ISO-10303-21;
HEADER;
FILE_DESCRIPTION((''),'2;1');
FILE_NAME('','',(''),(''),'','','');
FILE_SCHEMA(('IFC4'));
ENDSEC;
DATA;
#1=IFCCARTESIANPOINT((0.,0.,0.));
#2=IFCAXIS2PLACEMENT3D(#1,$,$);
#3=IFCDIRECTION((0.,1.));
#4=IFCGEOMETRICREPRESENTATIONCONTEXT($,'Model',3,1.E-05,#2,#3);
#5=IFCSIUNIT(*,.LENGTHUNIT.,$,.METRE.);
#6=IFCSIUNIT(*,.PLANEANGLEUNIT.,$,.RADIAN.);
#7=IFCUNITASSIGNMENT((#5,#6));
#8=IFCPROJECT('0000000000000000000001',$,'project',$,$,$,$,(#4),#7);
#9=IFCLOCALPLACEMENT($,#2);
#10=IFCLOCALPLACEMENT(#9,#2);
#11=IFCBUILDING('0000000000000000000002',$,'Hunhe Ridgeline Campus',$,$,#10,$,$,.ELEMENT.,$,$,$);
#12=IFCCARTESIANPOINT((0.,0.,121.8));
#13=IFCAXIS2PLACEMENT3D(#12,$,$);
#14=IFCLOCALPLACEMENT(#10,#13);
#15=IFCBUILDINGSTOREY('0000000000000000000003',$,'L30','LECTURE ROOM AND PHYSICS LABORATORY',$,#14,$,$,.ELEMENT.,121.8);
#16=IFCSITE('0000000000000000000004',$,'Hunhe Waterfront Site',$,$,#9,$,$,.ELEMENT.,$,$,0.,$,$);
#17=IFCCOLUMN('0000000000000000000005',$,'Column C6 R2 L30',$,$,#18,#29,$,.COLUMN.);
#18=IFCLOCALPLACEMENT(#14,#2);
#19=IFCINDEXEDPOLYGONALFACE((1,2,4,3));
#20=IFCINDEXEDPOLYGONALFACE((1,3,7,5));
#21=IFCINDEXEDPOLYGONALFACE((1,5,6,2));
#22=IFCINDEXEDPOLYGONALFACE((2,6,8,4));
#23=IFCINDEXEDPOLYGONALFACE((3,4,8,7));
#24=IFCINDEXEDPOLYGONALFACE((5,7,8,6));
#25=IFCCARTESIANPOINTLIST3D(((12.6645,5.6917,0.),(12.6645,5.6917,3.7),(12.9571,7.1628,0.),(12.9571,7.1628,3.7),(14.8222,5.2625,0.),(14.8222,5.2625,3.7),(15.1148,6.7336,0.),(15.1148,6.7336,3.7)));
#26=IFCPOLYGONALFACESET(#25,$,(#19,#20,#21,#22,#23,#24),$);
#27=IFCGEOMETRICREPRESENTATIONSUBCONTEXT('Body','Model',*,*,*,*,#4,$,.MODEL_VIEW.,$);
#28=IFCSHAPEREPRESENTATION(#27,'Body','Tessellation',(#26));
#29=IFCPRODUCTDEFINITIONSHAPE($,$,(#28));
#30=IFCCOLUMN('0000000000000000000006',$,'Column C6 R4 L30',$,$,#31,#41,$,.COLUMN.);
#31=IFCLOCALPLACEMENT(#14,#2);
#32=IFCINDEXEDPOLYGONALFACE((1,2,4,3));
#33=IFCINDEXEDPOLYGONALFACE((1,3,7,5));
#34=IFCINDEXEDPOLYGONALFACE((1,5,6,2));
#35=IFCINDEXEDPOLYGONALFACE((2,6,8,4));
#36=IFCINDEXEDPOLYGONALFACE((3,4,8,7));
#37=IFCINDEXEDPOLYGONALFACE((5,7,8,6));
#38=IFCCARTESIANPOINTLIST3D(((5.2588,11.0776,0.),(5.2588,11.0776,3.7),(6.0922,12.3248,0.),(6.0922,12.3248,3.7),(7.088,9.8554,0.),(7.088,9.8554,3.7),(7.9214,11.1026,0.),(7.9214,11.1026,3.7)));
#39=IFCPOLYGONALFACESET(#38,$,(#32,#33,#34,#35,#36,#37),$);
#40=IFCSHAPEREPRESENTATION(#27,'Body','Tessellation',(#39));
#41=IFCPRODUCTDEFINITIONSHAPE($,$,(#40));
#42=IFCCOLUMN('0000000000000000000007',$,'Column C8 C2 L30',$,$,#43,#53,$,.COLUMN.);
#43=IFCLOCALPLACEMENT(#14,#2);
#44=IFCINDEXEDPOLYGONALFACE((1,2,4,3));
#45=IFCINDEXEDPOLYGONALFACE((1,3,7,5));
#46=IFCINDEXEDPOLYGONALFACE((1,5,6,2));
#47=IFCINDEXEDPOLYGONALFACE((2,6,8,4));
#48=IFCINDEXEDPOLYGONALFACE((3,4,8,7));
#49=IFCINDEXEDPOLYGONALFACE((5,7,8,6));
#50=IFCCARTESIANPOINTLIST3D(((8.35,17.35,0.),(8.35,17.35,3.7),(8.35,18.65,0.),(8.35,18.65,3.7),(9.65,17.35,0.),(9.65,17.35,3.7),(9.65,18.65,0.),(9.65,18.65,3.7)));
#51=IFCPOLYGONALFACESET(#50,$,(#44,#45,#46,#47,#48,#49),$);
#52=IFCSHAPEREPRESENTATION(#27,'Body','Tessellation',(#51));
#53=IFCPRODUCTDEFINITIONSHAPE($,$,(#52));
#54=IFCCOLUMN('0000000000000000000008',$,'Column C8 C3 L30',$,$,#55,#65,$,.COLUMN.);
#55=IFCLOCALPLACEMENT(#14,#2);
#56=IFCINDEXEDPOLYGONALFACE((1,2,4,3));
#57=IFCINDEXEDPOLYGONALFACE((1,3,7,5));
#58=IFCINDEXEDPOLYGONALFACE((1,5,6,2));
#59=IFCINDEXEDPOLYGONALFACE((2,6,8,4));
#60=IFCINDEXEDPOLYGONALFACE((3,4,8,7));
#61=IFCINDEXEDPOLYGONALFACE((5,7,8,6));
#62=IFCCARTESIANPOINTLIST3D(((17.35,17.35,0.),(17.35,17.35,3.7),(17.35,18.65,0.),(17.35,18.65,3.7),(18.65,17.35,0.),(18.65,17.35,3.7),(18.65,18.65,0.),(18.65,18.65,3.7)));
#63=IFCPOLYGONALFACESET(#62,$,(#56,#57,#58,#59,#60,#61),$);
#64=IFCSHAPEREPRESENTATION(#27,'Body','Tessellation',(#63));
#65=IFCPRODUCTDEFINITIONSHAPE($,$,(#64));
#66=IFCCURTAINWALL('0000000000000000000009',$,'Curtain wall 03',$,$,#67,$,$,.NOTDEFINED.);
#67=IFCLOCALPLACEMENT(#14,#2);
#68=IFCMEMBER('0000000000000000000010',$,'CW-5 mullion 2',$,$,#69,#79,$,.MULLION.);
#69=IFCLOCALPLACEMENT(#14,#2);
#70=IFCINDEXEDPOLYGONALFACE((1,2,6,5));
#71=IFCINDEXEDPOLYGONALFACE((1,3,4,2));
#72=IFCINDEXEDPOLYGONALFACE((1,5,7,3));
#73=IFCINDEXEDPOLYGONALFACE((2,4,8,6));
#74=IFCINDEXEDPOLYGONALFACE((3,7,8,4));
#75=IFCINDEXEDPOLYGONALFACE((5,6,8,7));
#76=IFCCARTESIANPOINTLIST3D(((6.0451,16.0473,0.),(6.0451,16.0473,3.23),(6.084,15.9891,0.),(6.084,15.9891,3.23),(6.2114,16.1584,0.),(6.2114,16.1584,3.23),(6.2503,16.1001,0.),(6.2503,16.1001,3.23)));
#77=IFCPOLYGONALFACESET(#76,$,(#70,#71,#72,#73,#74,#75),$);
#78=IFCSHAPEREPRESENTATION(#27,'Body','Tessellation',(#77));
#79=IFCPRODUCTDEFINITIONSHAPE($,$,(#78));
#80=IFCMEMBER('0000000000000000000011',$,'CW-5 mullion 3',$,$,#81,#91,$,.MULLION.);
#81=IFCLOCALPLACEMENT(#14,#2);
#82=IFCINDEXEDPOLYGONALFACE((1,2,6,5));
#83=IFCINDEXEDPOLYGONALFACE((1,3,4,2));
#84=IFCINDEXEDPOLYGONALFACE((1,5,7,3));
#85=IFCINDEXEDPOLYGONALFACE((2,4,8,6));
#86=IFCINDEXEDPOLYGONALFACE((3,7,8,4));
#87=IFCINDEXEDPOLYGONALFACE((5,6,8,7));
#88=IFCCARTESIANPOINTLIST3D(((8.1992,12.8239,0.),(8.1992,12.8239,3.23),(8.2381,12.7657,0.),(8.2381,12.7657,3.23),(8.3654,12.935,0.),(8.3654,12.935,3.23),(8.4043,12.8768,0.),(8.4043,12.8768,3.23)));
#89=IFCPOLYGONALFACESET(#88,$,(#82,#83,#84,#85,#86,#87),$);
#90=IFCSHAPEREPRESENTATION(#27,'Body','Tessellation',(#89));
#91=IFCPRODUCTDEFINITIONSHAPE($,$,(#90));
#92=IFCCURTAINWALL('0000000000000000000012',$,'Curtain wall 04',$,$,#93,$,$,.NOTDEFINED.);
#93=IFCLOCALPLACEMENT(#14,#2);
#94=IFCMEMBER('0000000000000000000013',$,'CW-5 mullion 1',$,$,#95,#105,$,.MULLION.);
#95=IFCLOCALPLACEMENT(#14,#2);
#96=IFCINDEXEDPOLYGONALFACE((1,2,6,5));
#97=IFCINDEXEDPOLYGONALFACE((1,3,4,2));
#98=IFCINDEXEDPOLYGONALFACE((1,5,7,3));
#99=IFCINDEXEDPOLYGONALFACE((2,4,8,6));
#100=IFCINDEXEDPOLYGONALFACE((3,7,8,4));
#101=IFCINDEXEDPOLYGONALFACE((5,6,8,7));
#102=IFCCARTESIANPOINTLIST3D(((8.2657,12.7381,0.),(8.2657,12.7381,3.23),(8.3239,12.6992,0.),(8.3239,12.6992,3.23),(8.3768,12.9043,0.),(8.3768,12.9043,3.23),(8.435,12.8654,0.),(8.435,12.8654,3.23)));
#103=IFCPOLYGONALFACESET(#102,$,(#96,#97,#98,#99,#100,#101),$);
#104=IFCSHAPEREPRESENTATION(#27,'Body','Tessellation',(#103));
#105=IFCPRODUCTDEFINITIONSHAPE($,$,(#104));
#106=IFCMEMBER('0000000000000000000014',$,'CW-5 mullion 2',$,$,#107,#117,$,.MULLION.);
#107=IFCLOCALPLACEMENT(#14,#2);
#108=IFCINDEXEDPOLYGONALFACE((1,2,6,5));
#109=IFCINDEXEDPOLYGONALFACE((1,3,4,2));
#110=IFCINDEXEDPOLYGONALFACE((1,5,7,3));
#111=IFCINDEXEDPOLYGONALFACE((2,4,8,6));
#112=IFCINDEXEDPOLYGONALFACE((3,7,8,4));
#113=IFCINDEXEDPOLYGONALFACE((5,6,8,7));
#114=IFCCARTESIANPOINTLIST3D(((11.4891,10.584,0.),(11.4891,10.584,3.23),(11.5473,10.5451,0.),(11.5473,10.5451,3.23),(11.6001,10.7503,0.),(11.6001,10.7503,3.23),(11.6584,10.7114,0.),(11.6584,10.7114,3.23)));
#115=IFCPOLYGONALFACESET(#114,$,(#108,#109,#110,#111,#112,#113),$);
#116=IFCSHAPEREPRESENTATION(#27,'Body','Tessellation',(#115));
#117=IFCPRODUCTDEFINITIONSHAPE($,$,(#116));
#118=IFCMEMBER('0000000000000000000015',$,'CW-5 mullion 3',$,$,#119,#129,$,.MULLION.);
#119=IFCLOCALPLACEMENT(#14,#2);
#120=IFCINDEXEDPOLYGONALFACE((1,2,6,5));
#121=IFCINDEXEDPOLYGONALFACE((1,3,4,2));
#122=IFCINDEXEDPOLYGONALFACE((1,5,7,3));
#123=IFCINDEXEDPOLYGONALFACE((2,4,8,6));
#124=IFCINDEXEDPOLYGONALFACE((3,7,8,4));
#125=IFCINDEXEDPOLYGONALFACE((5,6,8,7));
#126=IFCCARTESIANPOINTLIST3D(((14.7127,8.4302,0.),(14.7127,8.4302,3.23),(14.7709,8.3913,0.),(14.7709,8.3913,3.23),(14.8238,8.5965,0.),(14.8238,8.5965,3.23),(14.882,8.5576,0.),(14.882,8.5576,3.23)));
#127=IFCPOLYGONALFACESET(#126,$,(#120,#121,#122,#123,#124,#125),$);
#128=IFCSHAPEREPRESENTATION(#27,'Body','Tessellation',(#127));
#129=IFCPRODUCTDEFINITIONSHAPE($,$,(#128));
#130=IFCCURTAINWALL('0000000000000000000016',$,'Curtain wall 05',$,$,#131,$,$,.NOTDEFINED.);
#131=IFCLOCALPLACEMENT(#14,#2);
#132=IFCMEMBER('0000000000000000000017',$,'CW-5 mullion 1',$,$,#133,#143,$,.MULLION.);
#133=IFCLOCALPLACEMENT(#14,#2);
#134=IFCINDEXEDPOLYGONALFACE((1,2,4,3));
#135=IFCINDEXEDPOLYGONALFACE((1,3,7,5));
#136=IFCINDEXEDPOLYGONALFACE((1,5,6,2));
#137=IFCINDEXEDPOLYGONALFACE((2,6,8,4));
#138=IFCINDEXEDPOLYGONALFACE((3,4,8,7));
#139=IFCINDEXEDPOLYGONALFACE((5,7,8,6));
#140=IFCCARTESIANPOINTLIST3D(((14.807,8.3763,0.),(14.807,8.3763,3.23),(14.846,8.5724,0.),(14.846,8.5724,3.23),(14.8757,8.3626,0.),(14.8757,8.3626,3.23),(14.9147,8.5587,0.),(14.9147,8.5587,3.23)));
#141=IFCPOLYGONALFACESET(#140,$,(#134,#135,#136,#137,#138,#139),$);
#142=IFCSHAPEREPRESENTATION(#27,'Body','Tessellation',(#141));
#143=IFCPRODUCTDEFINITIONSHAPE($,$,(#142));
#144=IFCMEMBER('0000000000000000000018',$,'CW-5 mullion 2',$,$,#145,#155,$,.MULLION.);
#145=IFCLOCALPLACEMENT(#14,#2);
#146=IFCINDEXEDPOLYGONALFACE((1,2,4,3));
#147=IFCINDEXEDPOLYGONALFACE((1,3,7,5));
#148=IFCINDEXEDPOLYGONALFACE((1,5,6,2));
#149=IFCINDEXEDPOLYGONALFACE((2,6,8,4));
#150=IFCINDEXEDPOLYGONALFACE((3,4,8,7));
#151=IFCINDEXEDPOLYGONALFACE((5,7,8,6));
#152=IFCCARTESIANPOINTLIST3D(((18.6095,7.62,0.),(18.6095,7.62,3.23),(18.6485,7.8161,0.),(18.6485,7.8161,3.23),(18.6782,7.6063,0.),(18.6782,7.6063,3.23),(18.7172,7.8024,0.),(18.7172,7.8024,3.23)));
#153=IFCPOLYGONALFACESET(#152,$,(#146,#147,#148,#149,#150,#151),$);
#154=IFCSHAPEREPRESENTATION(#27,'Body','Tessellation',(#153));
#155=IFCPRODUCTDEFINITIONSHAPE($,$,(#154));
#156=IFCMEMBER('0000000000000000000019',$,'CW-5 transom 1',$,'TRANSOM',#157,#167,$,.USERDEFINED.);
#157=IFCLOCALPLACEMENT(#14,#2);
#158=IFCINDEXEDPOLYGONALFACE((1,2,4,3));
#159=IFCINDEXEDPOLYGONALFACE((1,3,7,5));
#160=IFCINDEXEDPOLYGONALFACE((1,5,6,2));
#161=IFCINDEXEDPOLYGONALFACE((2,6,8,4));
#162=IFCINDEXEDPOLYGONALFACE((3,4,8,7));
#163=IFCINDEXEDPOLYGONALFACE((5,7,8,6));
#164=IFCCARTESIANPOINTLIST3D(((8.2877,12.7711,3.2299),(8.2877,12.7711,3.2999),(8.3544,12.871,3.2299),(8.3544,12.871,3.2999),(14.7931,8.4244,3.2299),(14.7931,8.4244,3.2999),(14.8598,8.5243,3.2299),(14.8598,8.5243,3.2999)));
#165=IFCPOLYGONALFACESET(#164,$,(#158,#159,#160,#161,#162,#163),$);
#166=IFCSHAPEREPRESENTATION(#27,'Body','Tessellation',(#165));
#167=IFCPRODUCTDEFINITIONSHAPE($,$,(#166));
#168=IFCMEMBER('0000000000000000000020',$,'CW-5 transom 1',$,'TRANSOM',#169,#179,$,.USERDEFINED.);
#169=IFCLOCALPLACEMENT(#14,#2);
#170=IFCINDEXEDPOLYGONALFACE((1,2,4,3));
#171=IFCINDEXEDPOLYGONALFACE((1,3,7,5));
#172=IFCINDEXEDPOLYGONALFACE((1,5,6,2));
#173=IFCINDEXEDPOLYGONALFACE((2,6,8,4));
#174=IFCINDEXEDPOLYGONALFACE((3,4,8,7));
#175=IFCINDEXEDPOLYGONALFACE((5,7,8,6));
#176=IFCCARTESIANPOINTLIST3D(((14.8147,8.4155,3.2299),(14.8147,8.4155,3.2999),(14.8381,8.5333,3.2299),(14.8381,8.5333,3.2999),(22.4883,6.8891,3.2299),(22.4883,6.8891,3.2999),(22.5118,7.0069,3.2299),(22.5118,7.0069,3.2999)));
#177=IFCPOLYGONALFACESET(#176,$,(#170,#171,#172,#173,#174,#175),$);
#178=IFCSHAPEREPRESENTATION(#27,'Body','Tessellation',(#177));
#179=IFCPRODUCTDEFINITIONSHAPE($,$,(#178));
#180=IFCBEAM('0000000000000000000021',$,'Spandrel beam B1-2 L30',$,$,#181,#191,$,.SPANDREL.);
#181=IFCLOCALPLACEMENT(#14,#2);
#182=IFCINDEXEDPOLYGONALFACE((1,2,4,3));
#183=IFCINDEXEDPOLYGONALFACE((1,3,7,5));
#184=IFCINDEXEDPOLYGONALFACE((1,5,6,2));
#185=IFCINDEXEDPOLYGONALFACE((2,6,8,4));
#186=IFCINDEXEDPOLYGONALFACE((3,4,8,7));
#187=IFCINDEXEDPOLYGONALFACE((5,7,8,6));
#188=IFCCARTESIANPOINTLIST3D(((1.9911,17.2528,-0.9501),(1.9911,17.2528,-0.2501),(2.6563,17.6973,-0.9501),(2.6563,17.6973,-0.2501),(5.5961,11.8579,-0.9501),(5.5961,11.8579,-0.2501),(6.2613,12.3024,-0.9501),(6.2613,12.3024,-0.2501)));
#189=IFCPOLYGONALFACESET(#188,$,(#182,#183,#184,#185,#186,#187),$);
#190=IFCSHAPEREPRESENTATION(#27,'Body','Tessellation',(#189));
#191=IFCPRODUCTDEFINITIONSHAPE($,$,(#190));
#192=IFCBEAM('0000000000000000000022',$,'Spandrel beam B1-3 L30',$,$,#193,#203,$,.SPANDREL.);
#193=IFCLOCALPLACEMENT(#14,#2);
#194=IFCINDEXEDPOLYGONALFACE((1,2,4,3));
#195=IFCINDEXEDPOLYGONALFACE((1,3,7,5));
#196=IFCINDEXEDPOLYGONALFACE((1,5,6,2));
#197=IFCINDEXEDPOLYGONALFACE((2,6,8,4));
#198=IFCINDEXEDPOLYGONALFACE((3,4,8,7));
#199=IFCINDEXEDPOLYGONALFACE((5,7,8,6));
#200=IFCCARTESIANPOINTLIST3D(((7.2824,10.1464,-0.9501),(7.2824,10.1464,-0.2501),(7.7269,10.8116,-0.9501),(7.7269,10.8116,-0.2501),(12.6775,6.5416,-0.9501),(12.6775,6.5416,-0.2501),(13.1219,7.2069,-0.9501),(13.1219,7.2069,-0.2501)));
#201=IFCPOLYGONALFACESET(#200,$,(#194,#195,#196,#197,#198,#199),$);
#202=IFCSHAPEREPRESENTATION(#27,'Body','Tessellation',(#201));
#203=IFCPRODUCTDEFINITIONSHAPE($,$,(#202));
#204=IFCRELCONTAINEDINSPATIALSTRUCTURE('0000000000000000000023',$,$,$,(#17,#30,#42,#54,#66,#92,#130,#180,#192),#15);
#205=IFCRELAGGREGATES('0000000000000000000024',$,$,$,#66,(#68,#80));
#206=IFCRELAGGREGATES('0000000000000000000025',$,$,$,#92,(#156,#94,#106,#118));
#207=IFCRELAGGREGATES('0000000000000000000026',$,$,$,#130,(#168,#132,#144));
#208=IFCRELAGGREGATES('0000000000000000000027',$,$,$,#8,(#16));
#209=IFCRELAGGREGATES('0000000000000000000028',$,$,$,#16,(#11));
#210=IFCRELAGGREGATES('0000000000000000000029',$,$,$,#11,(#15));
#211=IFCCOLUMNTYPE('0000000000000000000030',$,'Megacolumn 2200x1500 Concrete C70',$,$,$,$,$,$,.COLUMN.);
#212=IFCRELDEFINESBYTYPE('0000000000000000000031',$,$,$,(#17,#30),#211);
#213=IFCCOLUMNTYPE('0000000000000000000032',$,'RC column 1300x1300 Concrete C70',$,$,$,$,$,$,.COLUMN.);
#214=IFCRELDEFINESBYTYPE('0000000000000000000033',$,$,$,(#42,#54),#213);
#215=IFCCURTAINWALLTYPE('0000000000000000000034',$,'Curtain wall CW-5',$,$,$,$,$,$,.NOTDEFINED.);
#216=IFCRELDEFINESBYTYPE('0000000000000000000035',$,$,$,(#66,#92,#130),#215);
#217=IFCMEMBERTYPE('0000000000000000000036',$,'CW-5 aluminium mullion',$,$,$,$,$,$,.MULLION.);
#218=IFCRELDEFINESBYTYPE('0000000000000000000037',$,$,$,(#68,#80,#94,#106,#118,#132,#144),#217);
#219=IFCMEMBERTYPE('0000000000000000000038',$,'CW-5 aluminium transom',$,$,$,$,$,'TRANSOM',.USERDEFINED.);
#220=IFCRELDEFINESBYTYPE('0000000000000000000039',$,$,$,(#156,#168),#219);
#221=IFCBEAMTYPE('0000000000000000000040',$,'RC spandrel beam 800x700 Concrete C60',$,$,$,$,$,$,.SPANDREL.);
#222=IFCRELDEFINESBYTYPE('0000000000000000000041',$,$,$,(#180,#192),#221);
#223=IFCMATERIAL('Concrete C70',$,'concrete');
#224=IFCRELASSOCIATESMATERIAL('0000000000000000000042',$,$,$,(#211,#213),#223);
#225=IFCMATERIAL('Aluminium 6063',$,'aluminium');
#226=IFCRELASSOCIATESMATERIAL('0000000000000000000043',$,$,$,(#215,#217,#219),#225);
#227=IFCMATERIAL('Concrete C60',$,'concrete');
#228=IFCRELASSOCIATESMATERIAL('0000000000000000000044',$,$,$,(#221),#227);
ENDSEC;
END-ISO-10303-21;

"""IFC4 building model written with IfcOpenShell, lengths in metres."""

from ifc_helpers import new_model, si_unit, direction, frame, origin, origin_2d, place, context, subcontext, project, spatial, rectangle, extrude, material, material_profile, profile_set, type_object, element, aggregate, save


model = new_model("IFC4")

# Units and contexts
model_context = context("Model", 3, precision=1e-05, world=origin(), true_north=direction((0.0, 1.0)))
body_context = subcontext(model_context, "Body", "Model", "MODEL_VIEW")
ifc_project = project(units=[si_unit("LENGTHUNIT", "METRE"), si_unit("PLANEANGLEUNIT", "RADIAN")], contexts=[model_context])

# Site, building, storey
site_placement = place(None, origin())
site = spatial("IfcSite", under=ifc_project, at=site_placement, Name="Hunhe Waterfront Site", CompositionType="ELEMENT", RefElevation=0.0)
building_placement = place(site_placement, origin())
building = spatial("IfcBuilding", under=site, at=building_placement, Name="Hunhe Ridgeline Campus", CompositionType="ELEMENT")
storey_placement = place(building_placement, frame((0.0, 0.0, 121.8)))
storey = spatial("IfcBuildingStorey", under=building, at=storey_placement, Name="L30", Description="LECTURE ROOM AND PHYSICS LABORATORY", CompositionType="ELEMENT", Elevation=121.8)

# Columns
ifc_material_1 = material(Name="Concrete C70", Category="concrete")
ifc_material_profile_1 = material_profile(ifc_material_1, rectangle(XDim=2.2, YDim=1.5, at=origin_2d()))
ifc_profile_set_1 = profile_set([ifc_material_profile_1], Name="Concrete C70")
column_type_1 = type_object("IfcColumnType", Name="Megacolumn 2200x1500 Concrete C70", PredefinedType="COLUMN", material=ifc_profile_set_1)
for number, where, z_axis, x_axis, name in (
    (1, (13.8896, 6.2126, 0.0), (0.0, 0.0, 1.0), (-0.980785, 0.19509, 0.0), "Column C6 R2 L30"),
    (2, (6.5901, 11.0901, 0.0), (0.0, 0.0, 1.0), (-0.83147, 0.55557, 0.0), "Column C6 R4 L30"),
):
    element("IfcColumn", number, at=place(storey_placement, frame(where, z_axis=z_axis, x_axis=x_axis)), inside=storey, type_object=column_type_1, Name=name, PredefinedType="COLUMN", context=body_context, shape_type="SweptSolid", body=[
        extrude(rectangle(XDim=2.2, YDim=1.5, at=origin_2d()), origin(), (0.0, 0.0, 1.0), 3.7),
    ])
ifc_material_profile_2 = material_profile(ifc_material_1, rectangle(XDim=1.3, YDim=1.3, at=origin_2d()))
ifc_profile_set_2 = profile_set([ifc_material_profile_2], Name="Concrete C70")
column_type_2 = type_object("IfcColumnType", Name="RC column 1300x1300 Concrete C70", PredefinedType="COLUMN", material=ifc_profile_set_2)
for number, where, z_axis, x_axis, name in (
    (3, (9.0, 18.0, 0.0), (0.0, 0.0, 1.0), (1.0, 0.0, 0.0), "Column C8 C2 L30"),
    (4, (18.0, 18.0, 0.0), (0.0, 0.0, 1.0), (1.0, 0.0, 0.0), "Column C8 C3 L30"),
):
    element("IfcColumn", number, at=place(storey_placement, frame(where, z_axis=z_axis, x_axis=x_axis)), inside=storey, type_object=column_type_2, Name=name, PredefinedType="COLUMN", context=body_context, shape_type="SweptSolid", body=[
        extrude(rectangle(XDim=1.3, YDim=1.3, at=origin_2d()), origin(), (0.0, 0.0, 1.0), 3.7),
    ])

# Curtain walls, members
ifc_material_2 = material(Name="Aluminium 6063", Category="aluminium")
curtain_wall_type = type_object("IfcCurtainWallType", Name="Curtain wall CW-5", PredefinedType="NOTDEFINED", material=ifc_material_2)
curtain_wall_1_placement = place(storey_placement, origin())
curtain_wall_1 = element("IfcCurtainWall", 5, at=curtain_wall_1_placement, inside=storey, type_object=curtain_wall_type, Name="Curtain wall 03", PredefinedType="NOTDEFINED")
ifc_material_profile_3 = material_profile(ifc_material_2, rectangle(XDim=0.2, YDim=0.0701, at=origin_2d()))
ifc_profile_set_3 = profile_set([ifc_material_profile_3], Name="Aluminium 6063")
member_type_1 = type_object("IfcMemberType", Name="CW-5 aluminium mullion", PredefinedType="MULLION", material=ifc_profile_set_3)
member_1_placement = place(storey_placement, frame((6.1477, 16.0737, 0.0), z_axis=(0.0, 0.0, 1.0), x_axis=(0.83147, 0.55557, 0.0)))
member_1 = element("IfcMember", 6, at=member_1_placement, type_object=member_type_1, Name="CW-5 mullion 2", PredefinedType="MULLION", context=body_context, shape_type="SweptSolid", body=[
    extrude(rectangle(XDim=0.2, YDim=0.0701, at=origin_2d()), origin(), (0.0, 0.0, 1.0), 3.23),
])
member_2_placement = place(storey_placement, frame((8.3018, 12.8503, 0.0), z_axis=(0.0, 0.0, 1.0), x_axis=(0.83147, 0.55557, 0.0)))
member_2 = element("IfcMember", 7, at=member_2_placement, type_object=member_type_1, Name="CW-5 mullion 3", PredefinedType="MULLION", context=body_context, shape_type="SweptSolid", body=[
    extrude(rectangle(XDim=0.2, YDim=0.0701, at=origin_2d()), origin(), (0.0, 0.0, 1.0), 3.23),
])
curtain_wall_2_placement = place(storey_placement, origin())
curtain_wall_2 = element("IfcCurtainWall", 8, at=curtain_wall_2_placement, inside=storey, type_object=curtain_wall_type, Name="Curtain wall 04", PredefinedType="NOTDEFINED")
member_3_placement = place(storey_placement, frame((8.3503, 12.8018, 0.0), z_axis=(0.0, 0.0, 1.0), x_axis=(0.55557, 0.83147, 0.0)))
member_3 = element("IfcMember", 9, at=member_3_placement, type_object=member_type_1, Name="CW-5 mullion 1", PredefinedType="MULLION", context=body_context, shape_type="SweptSolid", body=[
    extrude(rectangle(XDim=0.2, YDim=0.0701, at=origin_2d()), origin(), (0.0, 0.0, 1.0), 3.23),
])
member_4_placement = place(storey_placement, frame((11.5737, 10.6477, 0.0), z_axis=(0.0, 0.0, 1.0), x_axis=(0.55557, 0.83147, 0.0)))
member_4 = element("IfcMember", 10, at=member_4_placement, type_object=member_type_1, Name="CW-5 mullion 2", PredefinedType="MULLION", context=body_context, shape_type="SweptSolid", body=[
    extrude(rectangle(XDim=0.2, YDim=0.0701, at=origin_2d()), origin(), (0.0, 0.0, 1.0), 3.23),
])
member_5_placement = place(storey_placement, frame((14.7974, 8.4939, 0.0), z_axis=(0.0, 0.0, 1.0), x_axis=(0.55557, 0.83147, 0.0)))
member_5 = element("IfcMember", 11, at=member_5_placement, type_object=member_type_1, Name="CW-5 mullion 3", PredefinedType="MULLION", context=body_context, shape_type="SweptSolid", body=[
    extrude(rectangle(XDim=0.2, YDim=0.0701, at=origin_2d()), origin(), (0.0, 0.0, 1.0), 3.23),
])
curtain_wall_3_placement = place(storey_placement, origin())
curtain_wall_3 = element("IfcCurtainWall", 12, at=curtain_wall_3_placement, inside=storey, type_object=curtain_wall_type, Name="Curtain wall 05", PredefinedType="NOTDEFINED")
member_6_placement = place(storey_placement, frame((14.8608, 8.4675, 0.0), z_axis=(0.0, 0.0, 1.0), x_axis=(0.19509, 0.980785, 0.0)))
member_6 = element("IfcMember", 13, at=member_6_placement, type_object=member_type_1, Name="CW-5 mullion 1", PredefinedType="MULLION", context=body_context, shape_type="SweptSolid", body=[
    extrude(rectangle(XDim=0.2, YDim=0.0701, at=origin_2d()), origin(), (0.0, 0.0, 1.0), 3.23),
])
member_7_placement = place(storey_placement, frame((18.6633, 7.7112, 0.0), z_axis=(0.0, 0.0, 1.0), x_axis=(0.19509, 0.980785, 0.0)))
member_7 = element("IfcMember", 14, at=member_7_placement, type_object=member_type_1, Name="CW-5 mullion 2", PredefinedType="MULLION", context=body_context, shape_type="SweptSolid", body=[
    extrude(rectangle(XDim=0.2, YDim=0.0701, at=origin_2d()), origin(), (0.0, 0.0, 1.0), 3.23),
])

# Members
ifc_material_profile_4 = material_profile(ifc_material_2, rectangle(XDim=0.1201, YDim=0.0701, at=origin_2d()))
ifc_profile_set_4 = profile_set([ifc_material_profile_4], Name="Aluminium 6063")
member_type_2 = type_object("IfcMemberType", Name="CW-5 aluminium transom", ElementType="TRANSOM", PredefinedType="USERDEFINED", material=ifc_profile_set_4)
member_8_placement = place(storey_placement, frame((8.321, 12.821, 3.2649), z_axis=(0.831474, -0.555564, 0.0), x_axis=(0.555564, 0.831474, 0.0)))
member_8 = element("IfcMember", 15, at=member_8_placement, type_object=member_type_2, Name="CW-5 transom 1", ObjectType="TRANSOM", PredefinedType="USERDEFINED", context=body_context, shape_type="SweptSolid", body=[
    extrude(rectangle(XDim=0.1201, YDim=0.0701, at=origin_2d()), origin(), (0.0, 0.0, 1.0), 7.824),
])
member_9_placement = place(storey_placement, frame((14.8264, 8.4744, 3.2649), z_axis=(0.980785, -0.19509, 0.0), x_axis=(0.19509, 0.980785, 0.0)))
member_9 = element("IfcMember", 16, at=member_9_placement, type_object=member_type_2, Name="CW-5 transom 1", ObjectType="TRANSOM", PredefinedType="USERDEFINED", context=body_context, shape_type="SweptSolid", body=[
    extrude(rectangle(XDim=0.1201, YDim=0.0701, at=origin_2d()), origin(), (0.0, 0.0, 1.0), 7.824),
])

# Beams
ifc_material_3 = material(Name="Concrete C60", Category="concrete")
ifc_material_profile_5 = material_profile(ifc_material_3, rectangle(XDim=0.8, YDim=0.7, at=origin_2d()))
ifc_profile_set_5 = profile_set([ifc_material_profile_5], Name="Concrete C60")
beam_type = type_object("IfcBeamType", Name="RC spandrel beam 800x700 Concrete C60", PredefinedType="SPANDREL", material=ifc_profile_set_5)
for number, where, z_axis, x_axis, name in (
    (17, (2.3237, 17.4751, -0.6001), (0.555586, -0.831459, 0.0), (0.831459, 0.555586, 0.0), "Spandrel beam B1-2 L30"),
    (18, (7.5046, 10.479, -0.6001), (0.831477, -0.55556, 0.0), (0.55556, 0.831477, 0.0), "Spandrel beam B1-3 L30"),
):
    element("IfcBeam", number, at=place(storey_placement, frame(where, z_axis=z_axis, x_axis=x_axis)), inside=storey, type_object=beam_type, Name=name, PredefinedType="SPANDREL", context=body_context, shape_type="SweptSolid", body=[
        extrude(rectangle(XDim=0.8, YDim=0.7, at=origin_2d()), origin(), (0.0, 0.0, 1.0), 6.4885),
    ])

aggregate(curtain_wall_1, [member_1, member_2])
aggregate(curtain_wall_2, [member_8, member_3, member_4, member_5])
aggregate(curtain_wall_3, [member_9, member_6, member_7])

save(model, "model.ifc")
